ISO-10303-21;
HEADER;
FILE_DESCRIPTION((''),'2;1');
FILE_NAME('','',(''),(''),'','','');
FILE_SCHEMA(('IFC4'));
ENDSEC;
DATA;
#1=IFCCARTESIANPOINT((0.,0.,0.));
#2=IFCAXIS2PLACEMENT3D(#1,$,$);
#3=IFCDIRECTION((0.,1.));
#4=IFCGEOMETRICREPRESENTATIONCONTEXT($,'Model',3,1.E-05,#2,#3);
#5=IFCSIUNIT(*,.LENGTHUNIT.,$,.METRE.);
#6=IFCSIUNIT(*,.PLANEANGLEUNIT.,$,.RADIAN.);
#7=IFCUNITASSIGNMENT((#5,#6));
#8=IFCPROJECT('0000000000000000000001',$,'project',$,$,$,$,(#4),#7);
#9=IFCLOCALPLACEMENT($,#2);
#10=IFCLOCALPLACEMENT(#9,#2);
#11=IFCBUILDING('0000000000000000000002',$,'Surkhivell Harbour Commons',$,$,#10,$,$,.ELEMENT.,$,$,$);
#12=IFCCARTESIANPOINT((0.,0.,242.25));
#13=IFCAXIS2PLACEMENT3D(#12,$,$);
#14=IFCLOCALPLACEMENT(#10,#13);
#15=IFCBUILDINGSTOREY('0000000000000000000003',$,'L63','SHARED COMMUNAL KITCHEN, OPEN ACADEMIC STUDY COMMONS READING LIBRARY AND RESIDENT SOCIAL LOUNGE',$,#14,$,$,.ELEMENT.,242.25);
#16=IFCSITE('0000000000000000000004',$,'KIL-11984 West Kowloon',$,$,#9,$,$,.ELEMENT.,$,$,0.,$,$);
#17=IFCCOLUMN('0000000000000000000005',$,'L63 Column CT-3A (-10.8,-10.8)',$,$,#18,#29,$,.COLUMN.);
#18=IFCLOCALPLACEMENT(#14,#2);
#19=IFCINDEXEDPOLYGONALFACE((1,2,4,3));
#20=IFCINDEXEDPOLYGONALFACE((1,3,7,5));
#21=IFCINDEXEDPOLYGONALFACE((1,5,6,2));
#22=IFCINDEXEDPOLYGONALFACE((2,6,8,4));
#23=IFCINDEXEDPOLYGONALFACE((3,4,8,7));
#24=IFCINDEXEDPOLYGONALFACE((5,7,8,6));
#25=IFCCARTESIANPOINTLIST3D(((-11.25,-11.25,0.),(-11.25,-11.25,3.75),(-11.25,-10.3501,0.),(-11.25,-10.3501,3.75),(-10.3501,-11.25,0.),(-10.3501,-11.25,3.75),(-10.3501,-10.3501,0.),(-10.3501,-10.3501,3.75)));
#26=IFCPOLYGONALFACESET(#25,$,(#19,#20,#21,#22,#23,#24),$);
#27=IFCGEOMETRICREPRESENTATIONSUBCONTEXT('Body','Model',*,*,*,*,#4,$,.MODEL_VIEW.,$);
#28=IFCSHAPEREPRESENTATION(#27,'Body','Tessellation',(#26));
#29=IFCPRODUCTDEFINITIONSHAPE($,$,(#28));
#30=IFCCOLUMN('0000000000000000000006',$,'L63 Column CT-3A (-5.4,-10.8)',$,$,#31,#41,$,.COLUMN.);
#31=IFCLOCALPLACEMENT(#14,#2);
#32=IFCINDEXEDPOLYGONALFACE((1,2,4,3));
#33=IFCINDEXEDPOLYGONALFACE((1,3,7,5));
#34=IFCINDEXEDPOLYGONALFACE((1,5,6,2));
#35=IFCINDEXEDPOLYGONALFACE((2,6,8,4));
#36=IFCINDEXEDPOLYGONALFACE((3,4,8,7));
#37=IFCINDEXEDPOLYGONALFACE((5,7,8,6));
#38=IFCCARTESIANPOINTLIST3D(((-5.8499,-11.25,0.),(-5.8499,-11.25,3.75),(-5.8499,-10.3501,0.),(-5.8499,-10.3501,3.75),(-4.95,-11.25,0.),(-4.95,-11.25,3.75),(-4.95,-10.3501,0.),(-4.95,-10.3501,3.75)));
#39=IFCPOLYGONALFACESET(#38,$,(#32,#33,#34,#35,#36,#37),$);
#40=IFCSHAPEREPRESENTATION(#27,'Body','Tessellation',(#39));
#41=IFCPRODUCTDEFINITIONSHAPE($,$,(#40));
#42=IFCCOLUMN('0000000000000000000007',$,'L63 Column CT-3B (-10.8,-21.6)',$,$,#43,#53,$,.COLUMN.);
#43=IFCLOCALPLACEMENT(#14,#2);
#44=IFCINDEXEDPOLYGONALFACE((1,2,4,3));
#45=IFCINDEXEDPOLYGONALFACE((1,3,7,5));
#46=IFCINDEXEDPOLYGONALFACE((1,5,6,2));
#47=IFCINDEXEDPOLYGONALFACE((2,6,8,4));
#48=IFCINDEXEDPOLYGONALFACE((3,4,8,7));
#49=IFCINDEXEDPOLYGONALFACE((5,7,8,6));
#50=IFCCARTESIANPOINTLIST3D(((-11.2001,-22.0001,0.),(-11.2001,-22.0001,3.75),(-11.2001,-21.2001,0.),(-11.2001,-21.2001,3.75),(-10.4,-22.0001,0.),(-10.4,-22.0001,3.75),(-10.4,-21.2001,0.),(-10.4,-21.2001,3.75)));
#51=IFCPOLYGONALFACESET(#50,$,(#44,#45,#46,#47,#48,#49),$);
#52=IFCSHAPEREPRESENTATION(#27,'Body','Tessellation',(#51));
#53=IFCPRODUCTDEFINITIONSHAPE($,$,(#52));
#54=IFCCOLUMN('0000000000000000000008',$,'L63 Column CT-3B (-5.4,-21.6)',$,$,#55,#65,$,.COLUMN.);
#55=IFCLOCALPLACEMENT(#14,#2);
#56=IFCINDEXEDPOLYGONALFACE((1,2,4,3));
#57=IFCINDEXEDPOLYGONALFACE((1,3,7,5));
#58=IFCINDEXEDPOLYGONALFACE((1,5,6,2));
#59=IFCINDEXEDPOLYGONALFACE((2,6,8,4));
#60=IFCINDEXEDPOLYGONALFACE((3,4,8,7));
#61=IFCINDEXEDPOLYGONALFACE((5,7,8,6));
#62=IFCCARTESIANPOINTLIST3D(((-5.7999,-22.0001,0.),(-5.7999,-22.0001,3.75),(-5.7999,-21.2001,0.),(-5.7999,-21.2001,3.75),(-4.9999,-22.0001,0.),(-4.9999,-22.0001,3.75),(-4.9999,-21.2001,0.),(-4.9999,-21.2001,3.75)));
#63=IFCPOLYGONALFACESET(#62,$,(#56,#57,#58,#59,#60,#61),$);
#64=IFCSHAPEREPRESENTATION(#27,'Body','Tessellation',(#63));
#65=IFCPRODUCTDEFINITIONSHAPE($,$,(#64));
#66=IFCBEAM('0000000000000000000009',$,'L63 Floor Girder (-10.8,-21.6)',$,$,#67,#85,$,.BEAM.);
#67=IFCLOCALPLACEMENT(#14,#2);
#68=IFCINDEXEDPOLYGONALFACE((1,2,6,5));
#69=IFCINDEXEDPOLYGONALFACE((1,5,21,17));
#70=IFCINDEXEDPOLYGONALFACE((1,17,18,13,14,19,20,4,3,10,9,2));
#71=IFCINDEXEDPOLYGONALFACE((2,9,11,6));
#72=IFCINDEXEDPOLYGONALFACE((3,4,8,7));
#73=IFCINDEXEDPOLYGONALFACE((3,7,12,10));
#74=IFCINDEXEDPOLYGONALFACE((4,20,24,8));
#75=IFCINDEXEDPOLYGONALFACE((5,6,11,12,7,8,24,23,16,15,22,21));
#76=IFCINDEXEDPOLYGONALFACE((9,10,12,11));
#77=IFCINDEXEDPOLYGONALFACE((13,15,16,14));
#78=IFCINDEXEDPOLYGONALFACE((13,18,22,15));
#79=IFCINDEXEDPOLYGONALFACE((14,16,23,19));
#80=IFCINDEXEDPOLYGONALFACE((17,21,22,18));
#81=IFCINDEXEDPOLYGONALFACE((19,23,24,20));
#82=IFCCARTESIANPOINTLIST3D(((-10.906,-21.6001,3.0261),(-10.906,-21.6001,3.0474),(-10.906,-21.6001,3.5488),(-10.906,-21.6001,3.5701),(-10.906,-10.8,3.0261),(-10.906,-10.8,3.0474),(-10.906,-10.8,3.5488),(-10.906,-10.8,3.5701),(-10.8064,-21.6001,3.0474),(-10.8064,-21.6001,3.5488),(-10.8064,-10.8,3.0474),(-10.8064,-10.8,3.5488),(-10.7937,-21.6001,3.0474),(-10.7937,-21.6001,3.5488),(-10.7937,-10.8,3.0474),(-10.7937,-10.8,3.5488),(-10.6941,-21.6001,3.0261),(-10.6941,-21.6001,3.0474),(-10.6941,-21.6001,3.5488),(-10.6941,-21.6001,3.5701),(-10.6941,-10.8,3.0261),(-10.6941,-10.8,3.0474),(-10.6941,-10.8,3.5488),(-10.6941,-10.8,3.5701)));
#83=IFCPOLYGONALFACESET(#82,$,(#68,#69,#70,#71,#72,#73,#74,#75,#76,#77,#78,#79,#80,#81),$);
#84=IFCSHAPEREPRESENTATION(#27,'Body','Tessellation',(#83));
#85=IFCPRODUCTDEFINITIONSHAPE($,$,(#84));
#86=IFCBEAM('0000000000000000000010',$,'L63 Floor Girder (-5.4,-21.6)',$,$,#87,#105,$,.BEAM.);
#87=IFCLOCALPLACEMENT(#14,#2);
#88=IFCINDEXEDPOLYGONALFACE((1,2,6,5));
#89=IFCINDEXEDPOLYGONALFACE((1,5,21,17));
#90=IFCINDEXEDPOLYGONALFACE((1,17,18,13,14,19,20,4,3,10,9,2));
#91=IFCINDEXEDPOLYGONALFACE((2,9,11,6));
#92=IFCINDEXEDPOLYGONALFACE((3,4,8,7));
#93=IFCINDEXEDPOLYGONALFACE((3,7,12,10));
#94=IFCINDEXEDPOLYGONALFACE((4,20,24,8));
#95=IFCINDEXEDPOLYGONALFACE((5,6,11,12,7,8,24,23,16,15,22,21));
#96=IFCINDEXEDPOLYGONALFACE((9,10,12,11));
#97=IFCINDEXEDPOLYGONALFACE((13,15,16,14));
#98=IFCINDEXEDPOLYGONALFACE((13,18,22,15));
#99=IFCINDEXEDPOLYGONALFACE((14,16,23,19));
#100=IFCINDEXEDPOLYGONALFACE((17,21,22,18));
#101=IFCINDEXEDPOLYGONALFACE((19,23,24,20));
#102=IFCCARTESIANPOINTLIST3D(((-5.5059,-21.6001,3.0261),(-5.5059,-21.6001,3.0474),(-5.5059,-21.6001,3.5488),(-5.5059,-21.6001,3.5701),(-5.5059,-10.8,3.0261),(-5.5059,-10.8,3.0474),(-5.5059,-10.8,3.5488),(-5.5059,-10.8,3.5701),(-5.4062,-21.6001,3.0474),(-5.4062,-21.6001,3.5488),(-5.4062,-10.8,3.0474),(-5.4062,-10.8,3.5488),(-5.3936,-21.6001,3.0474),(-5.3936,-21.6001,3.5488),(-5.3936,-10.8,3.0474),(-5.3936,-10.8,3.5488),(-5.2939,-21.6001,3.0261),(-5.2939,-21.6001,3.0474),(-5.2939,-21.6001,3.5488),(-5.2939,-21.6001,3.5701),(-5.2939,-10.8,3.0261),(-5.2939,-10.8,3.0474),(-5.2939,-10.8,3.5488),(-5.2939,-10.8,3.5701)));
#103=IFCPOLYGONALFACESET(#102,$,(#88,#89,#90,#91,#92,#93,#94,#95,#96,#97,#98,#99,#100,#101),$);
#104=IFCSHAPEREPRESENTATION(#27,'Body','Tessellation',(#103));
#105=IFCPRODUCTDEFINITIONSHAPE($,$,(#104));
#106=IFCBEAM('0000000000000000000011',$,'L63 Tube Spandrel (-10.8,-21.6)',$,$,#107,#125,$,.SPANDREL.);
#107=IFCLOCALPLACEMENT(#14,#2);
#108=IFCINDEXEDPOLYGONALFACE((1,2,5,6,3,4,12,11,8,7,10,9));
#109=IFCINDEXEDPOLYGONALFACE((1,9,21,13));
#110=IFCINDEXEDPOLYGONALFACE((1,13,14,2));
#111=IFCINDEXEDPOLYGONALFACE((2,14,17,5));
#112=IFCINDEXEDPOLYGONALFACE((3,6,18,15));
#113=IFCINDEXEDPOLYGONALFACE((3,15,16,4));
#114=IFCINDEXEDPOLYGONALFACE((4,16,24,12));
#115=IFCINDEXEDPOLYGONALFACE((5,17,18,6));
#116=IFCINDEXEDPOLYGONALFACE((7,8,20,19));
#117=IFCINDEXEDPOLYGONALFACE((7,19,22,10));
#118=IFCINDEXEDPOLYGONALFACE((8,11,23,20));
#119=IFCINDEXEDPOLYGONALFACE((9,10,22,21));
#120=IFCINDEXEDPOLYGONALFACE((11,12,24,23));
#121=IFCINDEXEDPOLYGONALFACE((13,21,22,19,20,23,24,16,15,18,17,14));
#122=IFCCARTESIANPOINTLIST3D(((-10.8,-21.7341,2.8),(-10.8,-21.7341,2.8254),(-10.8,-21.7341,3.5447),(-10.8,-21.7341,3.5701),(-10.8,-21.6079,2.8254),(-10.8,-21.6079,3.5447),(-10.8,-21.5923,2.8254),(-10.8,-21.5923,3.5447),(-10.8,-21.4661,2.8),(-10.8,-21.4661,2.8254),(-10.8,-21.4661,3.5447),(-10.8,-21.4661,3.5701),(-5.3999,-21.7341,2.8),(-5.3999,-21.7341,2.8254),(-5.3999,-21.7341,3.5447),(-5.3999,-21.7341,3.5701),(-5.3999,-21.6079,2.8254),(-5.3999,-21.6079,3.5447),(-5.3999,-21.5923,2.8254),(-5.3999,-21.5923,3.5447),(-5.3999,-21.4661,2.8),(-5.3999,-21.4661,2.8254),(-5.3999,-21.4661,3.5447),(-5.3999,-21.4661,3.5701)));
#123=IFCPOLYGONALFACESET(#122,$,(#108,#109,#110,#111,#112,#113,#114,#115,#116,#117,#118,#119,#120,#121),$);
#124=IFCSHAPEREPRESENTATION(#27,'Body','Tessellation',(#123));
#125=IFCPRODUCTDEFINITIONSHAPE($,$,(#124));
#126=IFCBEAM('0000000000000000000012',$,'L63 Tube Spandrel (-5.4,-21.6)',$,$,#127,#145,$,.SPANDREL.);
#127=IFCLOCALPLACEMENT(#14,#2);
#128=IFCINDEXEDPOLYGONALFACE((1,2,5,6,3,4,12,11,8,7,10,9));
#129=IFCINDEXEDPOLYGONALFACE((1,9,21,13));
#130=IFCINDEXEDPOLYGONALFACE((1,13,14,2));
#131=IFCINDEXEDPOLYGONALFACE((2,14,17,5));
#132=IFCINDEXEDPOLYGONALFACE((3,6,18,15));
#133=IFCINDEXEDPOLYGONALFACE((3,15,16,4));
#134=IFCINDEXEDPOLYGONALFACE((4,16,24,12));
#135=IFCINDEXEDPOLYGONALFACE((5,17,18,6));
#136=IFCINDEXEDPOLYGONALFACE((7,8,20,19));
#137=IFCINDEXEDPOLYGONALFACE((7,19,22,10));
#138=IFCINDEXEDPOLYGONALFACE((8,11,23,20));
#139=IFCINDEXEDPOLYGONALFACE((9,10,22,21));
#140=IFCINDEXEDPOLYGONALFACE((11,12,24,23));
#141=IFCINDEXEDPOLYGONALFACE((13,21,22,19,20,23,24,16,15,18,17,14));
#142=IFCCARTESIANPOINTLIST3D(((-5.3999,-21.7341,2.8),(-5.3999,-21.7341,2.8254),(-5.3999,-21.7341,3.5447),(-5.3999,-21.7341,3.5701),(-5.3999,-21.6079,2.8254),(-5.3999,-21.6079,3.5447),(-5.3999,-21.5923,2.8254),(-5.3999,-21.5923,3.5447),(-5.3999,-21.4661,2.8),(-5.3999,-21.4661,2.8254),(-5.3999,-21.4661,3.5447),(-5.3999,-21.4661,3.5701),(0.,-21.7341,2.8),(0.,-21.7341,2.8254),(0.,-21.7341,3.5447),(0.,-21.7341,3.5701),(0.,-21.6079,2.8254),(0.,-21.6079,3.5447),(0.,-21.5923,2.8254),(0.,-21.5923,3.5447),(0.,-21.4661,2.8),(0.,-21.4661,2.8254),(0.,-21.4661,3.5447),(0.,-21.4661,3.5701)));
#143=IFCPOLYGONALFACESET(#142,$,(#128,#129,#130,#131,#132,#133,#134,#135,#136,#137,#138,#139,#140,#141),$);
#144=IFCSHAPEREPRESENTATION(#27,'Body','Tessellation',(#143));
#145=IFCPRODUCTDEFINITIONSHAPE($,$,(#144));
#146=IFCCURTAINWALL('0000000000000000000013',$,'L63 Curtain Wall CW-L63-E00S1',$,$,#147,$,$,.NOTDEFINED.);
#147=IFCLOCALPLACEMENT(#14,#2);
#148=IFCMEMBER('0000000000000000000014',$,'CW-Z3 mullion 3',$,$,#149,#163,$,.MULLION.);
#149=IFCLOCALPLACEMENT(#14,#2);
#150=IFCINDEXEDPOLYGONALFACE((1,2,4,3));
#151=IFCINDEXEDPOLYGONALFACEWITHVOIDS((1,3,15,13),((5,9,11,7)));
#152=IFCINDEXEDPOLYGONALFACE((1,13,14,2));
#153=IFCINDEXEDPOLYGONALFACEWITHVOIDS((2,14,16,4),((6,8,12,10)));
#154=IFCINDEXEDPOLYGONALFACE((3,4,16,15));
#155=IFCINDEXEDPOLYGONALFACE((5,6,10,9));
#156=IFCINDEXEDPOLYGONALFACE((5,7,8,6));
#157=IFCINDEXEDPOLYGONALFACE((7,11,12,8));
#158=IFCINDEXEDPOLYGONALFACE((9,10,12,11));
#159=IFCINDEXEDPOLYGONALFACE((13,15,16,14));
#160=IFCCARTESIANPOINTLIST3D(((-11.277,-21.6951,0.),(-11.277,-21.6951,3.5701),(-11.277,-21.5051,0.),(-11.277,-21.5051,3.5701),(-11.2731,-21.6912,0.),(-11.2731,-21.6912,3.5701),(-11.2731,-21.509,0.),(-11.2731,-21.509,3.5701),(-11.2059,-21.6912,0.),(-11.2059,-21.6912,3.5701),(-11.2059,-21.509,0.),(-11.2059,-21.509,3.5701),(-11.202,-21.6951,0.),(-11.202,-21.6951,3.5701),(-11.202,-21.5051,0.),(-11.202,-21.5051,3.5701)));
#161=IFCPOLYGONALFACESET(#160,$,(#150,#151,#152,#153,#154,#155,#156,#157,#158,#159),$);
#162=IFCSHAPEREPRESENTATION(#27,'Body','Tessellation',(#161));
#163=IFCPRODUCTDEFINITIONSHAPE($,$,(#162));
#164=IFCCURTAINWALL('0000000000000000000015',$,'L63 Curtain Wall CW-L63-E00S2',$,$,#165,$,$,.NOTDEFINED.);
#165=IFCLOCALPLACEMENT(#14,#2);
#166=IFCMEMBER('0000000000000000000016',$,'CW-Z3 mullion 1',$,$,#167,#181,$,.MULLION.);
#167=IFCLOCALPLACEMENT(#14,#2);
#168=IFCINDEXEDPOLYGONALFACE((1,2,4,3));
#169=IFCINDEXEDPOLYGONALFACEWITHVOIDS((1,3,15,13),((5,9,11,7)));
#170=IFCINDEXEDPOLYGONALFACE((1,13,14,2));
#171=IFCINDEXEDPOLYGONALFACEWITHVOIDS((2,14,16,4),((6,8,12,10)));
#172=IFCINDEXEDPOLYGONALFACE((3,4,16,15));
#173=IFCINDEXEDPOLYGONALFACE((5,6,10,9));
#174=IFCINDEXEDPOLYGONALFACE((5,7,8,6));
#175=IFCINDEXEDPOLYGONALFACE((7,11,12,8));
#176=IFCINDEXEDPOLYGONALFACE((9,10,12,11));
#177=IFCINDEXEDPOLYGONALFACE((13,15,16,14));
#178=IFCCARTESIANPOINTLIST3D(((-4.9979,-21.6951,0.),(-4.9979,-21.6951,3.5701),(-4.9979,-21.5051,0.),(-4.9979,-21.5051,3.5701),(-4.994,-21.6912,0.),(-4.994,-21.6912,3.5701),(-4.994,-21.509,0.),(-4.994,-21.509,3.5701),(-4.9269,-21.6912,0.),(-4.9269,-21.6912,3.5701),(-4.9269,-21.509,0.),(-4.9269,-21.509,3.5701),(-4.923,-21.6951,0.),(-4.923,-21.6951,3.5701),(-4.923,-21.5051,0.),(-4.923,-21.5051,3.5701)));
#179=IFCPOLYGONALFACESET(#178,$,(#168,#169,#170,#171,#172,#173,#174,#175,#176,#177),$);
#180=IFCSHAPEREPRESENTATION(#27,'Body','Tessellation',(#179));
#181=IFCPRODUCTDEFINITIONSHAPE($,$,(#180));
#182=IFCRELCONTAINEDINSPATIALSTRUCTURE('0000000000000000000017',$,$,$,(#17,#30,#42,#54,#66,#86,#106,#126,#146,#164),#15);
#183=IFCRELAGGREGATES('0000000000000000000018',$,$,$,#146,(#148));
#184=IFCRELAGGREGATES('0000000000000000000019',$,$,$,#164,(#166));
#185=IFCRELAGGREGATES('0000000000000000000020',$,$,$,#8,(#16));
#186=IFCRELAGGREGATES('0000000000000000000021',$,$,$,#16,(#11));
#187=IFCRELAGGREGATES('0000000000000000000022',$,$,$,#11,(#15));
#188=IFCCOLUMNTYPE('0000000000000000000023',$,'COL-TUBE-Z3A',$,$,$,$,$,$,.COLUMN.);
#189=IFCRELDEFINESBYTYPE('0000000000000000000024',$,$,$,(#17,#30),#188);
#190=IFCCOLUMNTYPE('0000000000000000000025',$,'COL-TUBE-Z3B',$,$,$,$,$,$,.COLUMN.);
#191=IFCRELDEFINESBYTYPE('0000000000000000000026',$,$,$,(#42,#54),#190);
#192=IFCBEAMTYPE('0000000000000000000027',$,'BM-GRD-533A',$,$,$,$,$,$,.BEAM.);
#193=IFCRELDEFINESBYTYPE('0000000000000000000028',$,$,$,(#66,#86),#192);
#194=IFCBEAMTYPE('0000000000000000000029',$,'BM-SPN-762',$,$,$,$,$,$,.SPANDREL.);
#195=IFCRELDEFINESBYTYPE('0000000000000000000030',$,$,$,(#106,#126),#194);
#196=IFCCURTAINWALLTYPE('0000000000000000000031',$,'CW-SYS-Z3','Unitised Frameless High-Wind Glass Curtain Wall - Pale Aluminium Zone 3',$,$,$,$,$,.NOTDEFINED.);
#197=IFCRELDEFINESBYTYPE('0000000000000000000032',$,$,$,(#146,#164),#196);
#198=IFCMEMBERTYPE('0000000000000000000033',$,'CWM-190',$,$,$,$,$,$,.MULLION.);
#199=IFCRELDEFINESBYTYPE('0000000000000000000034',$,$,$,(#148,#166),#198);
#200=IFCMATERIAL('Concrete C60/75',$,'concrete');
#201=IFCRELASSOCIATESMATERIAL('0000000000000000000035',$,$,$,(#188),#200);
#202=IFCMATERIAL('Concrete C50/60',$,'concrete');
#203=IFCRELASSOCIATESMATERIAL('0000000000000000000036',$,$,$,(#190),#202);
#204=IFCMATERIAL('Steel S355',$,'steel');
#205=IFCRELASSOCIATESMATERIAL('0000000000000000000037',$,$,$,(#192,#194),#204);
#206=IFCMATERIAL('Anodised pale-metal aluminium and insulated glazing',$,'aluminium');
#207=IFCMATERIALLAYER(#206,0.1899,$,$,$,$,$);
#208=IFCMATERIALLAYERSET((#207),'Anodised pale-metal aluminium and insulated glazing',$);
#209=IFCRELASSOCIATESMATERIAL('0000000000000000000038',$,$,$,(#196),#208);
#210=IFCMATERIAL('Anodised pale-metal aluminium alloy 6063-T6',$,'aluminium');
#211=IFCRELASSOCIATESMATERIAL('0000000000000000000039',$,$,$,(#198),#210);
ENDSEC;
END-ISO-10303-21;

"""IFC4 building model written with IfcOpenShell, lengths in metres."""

from ifc_helpers import new_model, si_unit, direction, frame, origin, origin_2d, place, context, subcontext, project, spatial, rectangle, hollow_rectangle, i_section, extrude, material, layer, layer_set, material_profile, profile_set, type_object, element, aggregate, save


model = new_model("IFC4")

# Units and contexts
model_context = context("Model", 3, precision=1e-05, world=origin(), true_north=direction((0.0, 1.0)))
body_context = subcontext(model_context, "Body", "Model", "MODEL_VIEW")
ifc_project = project(units=[si_unit("LENGTHUNIT", "METRE"), si_unit("PLANEANGLEUNIT", "RADIAN")], contexts=[model_context])

# Site, building, storey
site_placement = place(None, origin())
site = spatial("IfcSite", under=ifc_project, at=site_placement, Name="KIL-11984 West Kowloon", CompositionType="ELEMENT", RefElevation=0.0)
building_placement = place(site_placement, origin())
building = spatial("IfcBuilding", under=site, at=building_placement, Name="Surkhivell Harbour Commons", CompositionType="ELEMENT")
storey_placement = place(building_placement, frame((0.0, 0.0, 242.25)))
storey = spatial("IfcBuildingStorey", under=building, at=storey_placement, Name="L63", Description="SHARED COMMUNAL KITCHEN, OPEN ACADEMIC STUDY COMMONS READING LIBRARY AND RESIDENT SOCIAL LOUNGE", CompositionType="ELEMENT", Elevation=242.25)

# Columns
ifc_material_1 = material(Name="Concrete C60/75", Category="concrete")
ifc_material_profile_1 = material_profile(ifc_material_1, rectangle(XDim=0.8999, YDim=0.8999, at=origin_2d()), Name="RC-COL-900x900")
ifc_profile_set_1 = profile_set([ifc_material_profile_1], Name="Concrete C60/75")
column_type_1 = type_object("IfcColumnType", Name="COL-TUBE-Z3A", PredefinedType="COLUMN", material=ifc_profile_set_1)
for number, where, z_axis, x_axis, name in (
    (1, (-10.8, -10.8, 0.0), (0.0, 0.0, 1.0), (1.0, 0.0, 0.0), "L63 Column CT-3A (-10.8,-10.8)"),
    (2, (-5.3999, -10.8, 0.0), (0.0, 0.0, 1.0), (1.0, 0.0, 0.0), "L63 Column CT-3A (-5.4,-10.8)"),
):
    element("IfcColumn", number, at=place(storey_placement, frame(where, z_axis=z_axis, x_axis=x_axis)), inside=storey, type_object=column_type_1, Name=name, PredefinedType="COLUMN", context=body_context, shape_type="SweptSolid", body=[
        extrude(rectangle(XDim=0.8999, YDim=0.8999, at=origin_2d()), origin(), (0.0, 0.0, 1.0), 3.75),
    ])
ifc_material_2 = material(Name="Concrete C50/60", Category="concrete")
ifc_material_profile_2 = material_profile(ifc_material_2, rectangle(XDim=0.8, YDim=0.8, at=origin_2d()), Name="RC-COL-800x800")
ifc_profile_set_2 = profile_set([ifc_material_profile_2], Name="Concrete C50/60")
column_type_2 = type_object("IfcColumnType", Name="COL-TUBE-Z3B", PredefinedType="COLUMN", material=ifc_profile_set_2)
for number, where, z_axis, x_axis, name in (
    (3, (-10.8, -21.6001, 0.0), (0.0, 0.0, 1.0), (1.0, 0.0, 0.0), "L63 Column CT-3B (-10.8,-21.6)"),
    (4, (-5.3999, -21.6001, 0.0), (0.0, 0.0, 1.0), (1.0, 0.0, 0.0), "L63 Column CT-3B (-5.4,-21.6)"),
):
    element("IfcColumn", number, at=place(storey_placement, frame(where, z_axis=z_axis, x_axis=x_axis)), inside=storey, type_object=column_type_2, Name=name, PredefinedType="COLUMN", context=body_context, shape_type="SweptSolid", body=[
        extrude(rectangle(XDim=0.8, YDim=0.8, at=origin_2d()), origin(), (0.0, 0.0, 1.0), 3.75),
    ])

# Beams
ifc_material_3 = material(Name="Steel S355", Category="steel")
ifc_material_profile_3 = material_profile(ifc_material_3, i_section(OverallWidth=0.2119, OverallDepth=0.5439, WebThickness=0.0127, FlangeThickness=0.0212, at=origin_2d()), Name="UB533x210x122")
ifc_profile_set_3 = profile_set([ifc_material_profile_3], Name="Steel S355")
beam_type_1 = type_object("IfcBeamType", Name="BM-GRD-533A", PredefinedType="BEAM", material=ifc_profile_set_3)
for number, where, z_axis, x_axis, name in (
    (5, (-10.8, -21.6001, 3.2981), (0.0, 1.0, 0.0), (-1.0, 0.0, 0.0), "L63 Floor Girder (-10.8,-21.6)"),
    (6, (-5.3999, -21.6001, 3.2981), (0.0, 1.0, 0.0), (-1.0, 0.0, 0.0), "L63 Floor Girder (-5.4,-21.6)"),
):
    element("IfcBeam", number, at=place(storey_placement, frame(where, z_axis=z_axis, x_axis=x_axis)), inside=storey, type_object=beam_type_1, Name=name, PredefinedType="BEAM", context=body_context, shape_type="SweptSolid", body=[
        extrude(i_section(OverallWidth=0.2119, OverallDepth=0.5439, WebThickness=0.0127, FlangeThickness=0.0212, at=origin_2d()), origin(), (0.0, 0.0, 1.0), 10.8),
    ])
ifc_material_profile_4 = material_profile(ifc_material_3, i_section(OverallWidth=0.2681, OverallDepth=0.77, WebThickness=0.0156, FlangeThickness=0.0254, at=origin_2d()), Name="UB762x267x197")
ifc_profile_set_4 = profile_set([ifc_material_profile_4], Name="Steel S355")
beam_type_2 = type_object("IfcBeamType", Name="BM-SPN-762", PredefinedType="SPANDREL", material=ifc_profile_set_4)
beam_1_placement = place(storey_placement, frame((-10.8, -21.6001, 3.1851), z_axis=(1.0, 0.0, 0.0), x_axis=(0.0, 1.0, 0.0)))
element("IfcBeam", 7, at=beam_1_placement, inside=storey, type_object=beam_type_2, Name="L63 Tube Spandrel (-10.8,-21.6)", PredefinedType="SPANDREL", context=body_context, shape_type="SweptSolid", body=[
    extrude(i_section(OverallWidth=0.2681, OverallDepth=0.77, WebThickness=0.0156, FlangeThickness=0.0254, at=origin_2d()), origin(), (0.0, 0.0, 1.0), 5.4001),
])
beam_2_placement = place(storey_placement, frame((-5.3999, -21.6001, 3.1851), z_axis=(1.0, 0.0, 0.0), x_axis=(0.0, 1.0, 0.0)))
element("IfcBeam", 8, at=beam_2_placement, inside=storey, type_object=beam_type_2, Name="L63 Tube Spandrel (-5.4,-21.6)", PredefinedType="SPANDREL", context=body_context, shape_type="SweptSolid", body=[
    extrude(i_section(OverallWidth=0.2681, OverallDepth=0.77, WebThickness=0.0156, FlangeThickness=0.0254, at=origin_2d()), origin(), (0.0, 0.0, 1.0), 5.3999),
])

# Curtain wall, member
ifc_material_4 = material(Name="Anodised pale-metal aluminium and insulated glazing", Category="aluminium")
ifc_layer_1 = layer(ifc_material_4, 0.1899)
ifc_layer_set_1 = layer_set([ifc_layer_1], Name="Anodised pale-metal aluminium and insulated glazing")
curtain_wall_type = type_object("IfcCurtainWallType", Name="CW-SYS-Z3", Description="Unitised Frameless High-Wind Glass Curtain Wall - Pale Aluminium Zone 3", PredefinedType="NOTDEFINED", material=ifc_layer_set_1)
curtain_wall_1_placement = place(storey_placement, origin())
curtain_wall_1 = element("IfcCurtainWall", 9, at=curtain_wall_1_placement, inside=storey, type_object=curtain_wall_type, Name="L63 Curtain Wall CW-L63-E00S1", PredefinedType="NOTDEFINED")
ifc_material_5 = material(Name="Anodised pale-metal aluminium alloy 6063-T6", Category="aluminium")
ifc_material_profile_5 = material_profile(ifc_material_5, hollow_rectangle(XDim=0.075, YDim=0.1899, WallThickness=0.0039, at=origin_2d()), Name="ALU-MULL-75x190")
ifc_profile_set_5 = profile_set([ifc_material_profile_5], Name="Anodised pale-metal aluminium alloy 6063-T6")
member_type_1 = type_object("IfcMemberType", Name="CWM-190", PredefinedType="MULLION", material=ifc_profile_set_5)
member_1_placement = place(storey_placement, frame((-11.2395, -21.6001, 0.0), z_axis=(0.0, 0.0, 1.0), x_axis=(1.0, 0.0, 0.0)))
member_1 = element("IfcMember", 10, at=member_1_placement, type_object=member_type_1, Name="CW-Z3 mullion 3", PredefinedType="MULLION", context=body_context, shape_type="SweptSolid", body=[
    extrude(hollow_rectangle(XDim=0.075, YDim=0.1899, WallThickness=0.0039, at=origin_2d()), origin(), (0.0, 0.0, 1.0), 3.5701),
])
aggregate(curtain_wall_1, [member_1])

# Curtain wall, member
curtain_wall_2_placement = place(storey_placement, origin())
curtain_wall_2 = element("IfcCurtainWall", 11, at=curtain_wall_2_placement, inside=storey, type_object=curtain_wall_type, Name="L63 Curtain Wall CW-L63-E00S2", PredefinedType="NOTDEFINED")
member_2_placement = place(storey_placement, frame((-4.9604, -21.6001, 0.0), z_axis=(0.0, 0.0, 1.0), x_axis=(1.0, 0.0, 0.0)))
member_2 = element("IfcMember", 12, at=member_2_placement, type_object=member_type_1, Name="CW-Z3 mullion 1", PredefinedType="MULLION", context=body_context, shape_type="SweptSolid", body=[
    extrude(hollow_rectangle(XDim=0.075, YDim=0.1899, WallThickness=0.0039, at=origin_2d()), origin(), (0.0, 0.0, 1.0), 3.5701),
])

aggregate(curtain_wall_2, [member_2])

save(model, "model.ifc")
